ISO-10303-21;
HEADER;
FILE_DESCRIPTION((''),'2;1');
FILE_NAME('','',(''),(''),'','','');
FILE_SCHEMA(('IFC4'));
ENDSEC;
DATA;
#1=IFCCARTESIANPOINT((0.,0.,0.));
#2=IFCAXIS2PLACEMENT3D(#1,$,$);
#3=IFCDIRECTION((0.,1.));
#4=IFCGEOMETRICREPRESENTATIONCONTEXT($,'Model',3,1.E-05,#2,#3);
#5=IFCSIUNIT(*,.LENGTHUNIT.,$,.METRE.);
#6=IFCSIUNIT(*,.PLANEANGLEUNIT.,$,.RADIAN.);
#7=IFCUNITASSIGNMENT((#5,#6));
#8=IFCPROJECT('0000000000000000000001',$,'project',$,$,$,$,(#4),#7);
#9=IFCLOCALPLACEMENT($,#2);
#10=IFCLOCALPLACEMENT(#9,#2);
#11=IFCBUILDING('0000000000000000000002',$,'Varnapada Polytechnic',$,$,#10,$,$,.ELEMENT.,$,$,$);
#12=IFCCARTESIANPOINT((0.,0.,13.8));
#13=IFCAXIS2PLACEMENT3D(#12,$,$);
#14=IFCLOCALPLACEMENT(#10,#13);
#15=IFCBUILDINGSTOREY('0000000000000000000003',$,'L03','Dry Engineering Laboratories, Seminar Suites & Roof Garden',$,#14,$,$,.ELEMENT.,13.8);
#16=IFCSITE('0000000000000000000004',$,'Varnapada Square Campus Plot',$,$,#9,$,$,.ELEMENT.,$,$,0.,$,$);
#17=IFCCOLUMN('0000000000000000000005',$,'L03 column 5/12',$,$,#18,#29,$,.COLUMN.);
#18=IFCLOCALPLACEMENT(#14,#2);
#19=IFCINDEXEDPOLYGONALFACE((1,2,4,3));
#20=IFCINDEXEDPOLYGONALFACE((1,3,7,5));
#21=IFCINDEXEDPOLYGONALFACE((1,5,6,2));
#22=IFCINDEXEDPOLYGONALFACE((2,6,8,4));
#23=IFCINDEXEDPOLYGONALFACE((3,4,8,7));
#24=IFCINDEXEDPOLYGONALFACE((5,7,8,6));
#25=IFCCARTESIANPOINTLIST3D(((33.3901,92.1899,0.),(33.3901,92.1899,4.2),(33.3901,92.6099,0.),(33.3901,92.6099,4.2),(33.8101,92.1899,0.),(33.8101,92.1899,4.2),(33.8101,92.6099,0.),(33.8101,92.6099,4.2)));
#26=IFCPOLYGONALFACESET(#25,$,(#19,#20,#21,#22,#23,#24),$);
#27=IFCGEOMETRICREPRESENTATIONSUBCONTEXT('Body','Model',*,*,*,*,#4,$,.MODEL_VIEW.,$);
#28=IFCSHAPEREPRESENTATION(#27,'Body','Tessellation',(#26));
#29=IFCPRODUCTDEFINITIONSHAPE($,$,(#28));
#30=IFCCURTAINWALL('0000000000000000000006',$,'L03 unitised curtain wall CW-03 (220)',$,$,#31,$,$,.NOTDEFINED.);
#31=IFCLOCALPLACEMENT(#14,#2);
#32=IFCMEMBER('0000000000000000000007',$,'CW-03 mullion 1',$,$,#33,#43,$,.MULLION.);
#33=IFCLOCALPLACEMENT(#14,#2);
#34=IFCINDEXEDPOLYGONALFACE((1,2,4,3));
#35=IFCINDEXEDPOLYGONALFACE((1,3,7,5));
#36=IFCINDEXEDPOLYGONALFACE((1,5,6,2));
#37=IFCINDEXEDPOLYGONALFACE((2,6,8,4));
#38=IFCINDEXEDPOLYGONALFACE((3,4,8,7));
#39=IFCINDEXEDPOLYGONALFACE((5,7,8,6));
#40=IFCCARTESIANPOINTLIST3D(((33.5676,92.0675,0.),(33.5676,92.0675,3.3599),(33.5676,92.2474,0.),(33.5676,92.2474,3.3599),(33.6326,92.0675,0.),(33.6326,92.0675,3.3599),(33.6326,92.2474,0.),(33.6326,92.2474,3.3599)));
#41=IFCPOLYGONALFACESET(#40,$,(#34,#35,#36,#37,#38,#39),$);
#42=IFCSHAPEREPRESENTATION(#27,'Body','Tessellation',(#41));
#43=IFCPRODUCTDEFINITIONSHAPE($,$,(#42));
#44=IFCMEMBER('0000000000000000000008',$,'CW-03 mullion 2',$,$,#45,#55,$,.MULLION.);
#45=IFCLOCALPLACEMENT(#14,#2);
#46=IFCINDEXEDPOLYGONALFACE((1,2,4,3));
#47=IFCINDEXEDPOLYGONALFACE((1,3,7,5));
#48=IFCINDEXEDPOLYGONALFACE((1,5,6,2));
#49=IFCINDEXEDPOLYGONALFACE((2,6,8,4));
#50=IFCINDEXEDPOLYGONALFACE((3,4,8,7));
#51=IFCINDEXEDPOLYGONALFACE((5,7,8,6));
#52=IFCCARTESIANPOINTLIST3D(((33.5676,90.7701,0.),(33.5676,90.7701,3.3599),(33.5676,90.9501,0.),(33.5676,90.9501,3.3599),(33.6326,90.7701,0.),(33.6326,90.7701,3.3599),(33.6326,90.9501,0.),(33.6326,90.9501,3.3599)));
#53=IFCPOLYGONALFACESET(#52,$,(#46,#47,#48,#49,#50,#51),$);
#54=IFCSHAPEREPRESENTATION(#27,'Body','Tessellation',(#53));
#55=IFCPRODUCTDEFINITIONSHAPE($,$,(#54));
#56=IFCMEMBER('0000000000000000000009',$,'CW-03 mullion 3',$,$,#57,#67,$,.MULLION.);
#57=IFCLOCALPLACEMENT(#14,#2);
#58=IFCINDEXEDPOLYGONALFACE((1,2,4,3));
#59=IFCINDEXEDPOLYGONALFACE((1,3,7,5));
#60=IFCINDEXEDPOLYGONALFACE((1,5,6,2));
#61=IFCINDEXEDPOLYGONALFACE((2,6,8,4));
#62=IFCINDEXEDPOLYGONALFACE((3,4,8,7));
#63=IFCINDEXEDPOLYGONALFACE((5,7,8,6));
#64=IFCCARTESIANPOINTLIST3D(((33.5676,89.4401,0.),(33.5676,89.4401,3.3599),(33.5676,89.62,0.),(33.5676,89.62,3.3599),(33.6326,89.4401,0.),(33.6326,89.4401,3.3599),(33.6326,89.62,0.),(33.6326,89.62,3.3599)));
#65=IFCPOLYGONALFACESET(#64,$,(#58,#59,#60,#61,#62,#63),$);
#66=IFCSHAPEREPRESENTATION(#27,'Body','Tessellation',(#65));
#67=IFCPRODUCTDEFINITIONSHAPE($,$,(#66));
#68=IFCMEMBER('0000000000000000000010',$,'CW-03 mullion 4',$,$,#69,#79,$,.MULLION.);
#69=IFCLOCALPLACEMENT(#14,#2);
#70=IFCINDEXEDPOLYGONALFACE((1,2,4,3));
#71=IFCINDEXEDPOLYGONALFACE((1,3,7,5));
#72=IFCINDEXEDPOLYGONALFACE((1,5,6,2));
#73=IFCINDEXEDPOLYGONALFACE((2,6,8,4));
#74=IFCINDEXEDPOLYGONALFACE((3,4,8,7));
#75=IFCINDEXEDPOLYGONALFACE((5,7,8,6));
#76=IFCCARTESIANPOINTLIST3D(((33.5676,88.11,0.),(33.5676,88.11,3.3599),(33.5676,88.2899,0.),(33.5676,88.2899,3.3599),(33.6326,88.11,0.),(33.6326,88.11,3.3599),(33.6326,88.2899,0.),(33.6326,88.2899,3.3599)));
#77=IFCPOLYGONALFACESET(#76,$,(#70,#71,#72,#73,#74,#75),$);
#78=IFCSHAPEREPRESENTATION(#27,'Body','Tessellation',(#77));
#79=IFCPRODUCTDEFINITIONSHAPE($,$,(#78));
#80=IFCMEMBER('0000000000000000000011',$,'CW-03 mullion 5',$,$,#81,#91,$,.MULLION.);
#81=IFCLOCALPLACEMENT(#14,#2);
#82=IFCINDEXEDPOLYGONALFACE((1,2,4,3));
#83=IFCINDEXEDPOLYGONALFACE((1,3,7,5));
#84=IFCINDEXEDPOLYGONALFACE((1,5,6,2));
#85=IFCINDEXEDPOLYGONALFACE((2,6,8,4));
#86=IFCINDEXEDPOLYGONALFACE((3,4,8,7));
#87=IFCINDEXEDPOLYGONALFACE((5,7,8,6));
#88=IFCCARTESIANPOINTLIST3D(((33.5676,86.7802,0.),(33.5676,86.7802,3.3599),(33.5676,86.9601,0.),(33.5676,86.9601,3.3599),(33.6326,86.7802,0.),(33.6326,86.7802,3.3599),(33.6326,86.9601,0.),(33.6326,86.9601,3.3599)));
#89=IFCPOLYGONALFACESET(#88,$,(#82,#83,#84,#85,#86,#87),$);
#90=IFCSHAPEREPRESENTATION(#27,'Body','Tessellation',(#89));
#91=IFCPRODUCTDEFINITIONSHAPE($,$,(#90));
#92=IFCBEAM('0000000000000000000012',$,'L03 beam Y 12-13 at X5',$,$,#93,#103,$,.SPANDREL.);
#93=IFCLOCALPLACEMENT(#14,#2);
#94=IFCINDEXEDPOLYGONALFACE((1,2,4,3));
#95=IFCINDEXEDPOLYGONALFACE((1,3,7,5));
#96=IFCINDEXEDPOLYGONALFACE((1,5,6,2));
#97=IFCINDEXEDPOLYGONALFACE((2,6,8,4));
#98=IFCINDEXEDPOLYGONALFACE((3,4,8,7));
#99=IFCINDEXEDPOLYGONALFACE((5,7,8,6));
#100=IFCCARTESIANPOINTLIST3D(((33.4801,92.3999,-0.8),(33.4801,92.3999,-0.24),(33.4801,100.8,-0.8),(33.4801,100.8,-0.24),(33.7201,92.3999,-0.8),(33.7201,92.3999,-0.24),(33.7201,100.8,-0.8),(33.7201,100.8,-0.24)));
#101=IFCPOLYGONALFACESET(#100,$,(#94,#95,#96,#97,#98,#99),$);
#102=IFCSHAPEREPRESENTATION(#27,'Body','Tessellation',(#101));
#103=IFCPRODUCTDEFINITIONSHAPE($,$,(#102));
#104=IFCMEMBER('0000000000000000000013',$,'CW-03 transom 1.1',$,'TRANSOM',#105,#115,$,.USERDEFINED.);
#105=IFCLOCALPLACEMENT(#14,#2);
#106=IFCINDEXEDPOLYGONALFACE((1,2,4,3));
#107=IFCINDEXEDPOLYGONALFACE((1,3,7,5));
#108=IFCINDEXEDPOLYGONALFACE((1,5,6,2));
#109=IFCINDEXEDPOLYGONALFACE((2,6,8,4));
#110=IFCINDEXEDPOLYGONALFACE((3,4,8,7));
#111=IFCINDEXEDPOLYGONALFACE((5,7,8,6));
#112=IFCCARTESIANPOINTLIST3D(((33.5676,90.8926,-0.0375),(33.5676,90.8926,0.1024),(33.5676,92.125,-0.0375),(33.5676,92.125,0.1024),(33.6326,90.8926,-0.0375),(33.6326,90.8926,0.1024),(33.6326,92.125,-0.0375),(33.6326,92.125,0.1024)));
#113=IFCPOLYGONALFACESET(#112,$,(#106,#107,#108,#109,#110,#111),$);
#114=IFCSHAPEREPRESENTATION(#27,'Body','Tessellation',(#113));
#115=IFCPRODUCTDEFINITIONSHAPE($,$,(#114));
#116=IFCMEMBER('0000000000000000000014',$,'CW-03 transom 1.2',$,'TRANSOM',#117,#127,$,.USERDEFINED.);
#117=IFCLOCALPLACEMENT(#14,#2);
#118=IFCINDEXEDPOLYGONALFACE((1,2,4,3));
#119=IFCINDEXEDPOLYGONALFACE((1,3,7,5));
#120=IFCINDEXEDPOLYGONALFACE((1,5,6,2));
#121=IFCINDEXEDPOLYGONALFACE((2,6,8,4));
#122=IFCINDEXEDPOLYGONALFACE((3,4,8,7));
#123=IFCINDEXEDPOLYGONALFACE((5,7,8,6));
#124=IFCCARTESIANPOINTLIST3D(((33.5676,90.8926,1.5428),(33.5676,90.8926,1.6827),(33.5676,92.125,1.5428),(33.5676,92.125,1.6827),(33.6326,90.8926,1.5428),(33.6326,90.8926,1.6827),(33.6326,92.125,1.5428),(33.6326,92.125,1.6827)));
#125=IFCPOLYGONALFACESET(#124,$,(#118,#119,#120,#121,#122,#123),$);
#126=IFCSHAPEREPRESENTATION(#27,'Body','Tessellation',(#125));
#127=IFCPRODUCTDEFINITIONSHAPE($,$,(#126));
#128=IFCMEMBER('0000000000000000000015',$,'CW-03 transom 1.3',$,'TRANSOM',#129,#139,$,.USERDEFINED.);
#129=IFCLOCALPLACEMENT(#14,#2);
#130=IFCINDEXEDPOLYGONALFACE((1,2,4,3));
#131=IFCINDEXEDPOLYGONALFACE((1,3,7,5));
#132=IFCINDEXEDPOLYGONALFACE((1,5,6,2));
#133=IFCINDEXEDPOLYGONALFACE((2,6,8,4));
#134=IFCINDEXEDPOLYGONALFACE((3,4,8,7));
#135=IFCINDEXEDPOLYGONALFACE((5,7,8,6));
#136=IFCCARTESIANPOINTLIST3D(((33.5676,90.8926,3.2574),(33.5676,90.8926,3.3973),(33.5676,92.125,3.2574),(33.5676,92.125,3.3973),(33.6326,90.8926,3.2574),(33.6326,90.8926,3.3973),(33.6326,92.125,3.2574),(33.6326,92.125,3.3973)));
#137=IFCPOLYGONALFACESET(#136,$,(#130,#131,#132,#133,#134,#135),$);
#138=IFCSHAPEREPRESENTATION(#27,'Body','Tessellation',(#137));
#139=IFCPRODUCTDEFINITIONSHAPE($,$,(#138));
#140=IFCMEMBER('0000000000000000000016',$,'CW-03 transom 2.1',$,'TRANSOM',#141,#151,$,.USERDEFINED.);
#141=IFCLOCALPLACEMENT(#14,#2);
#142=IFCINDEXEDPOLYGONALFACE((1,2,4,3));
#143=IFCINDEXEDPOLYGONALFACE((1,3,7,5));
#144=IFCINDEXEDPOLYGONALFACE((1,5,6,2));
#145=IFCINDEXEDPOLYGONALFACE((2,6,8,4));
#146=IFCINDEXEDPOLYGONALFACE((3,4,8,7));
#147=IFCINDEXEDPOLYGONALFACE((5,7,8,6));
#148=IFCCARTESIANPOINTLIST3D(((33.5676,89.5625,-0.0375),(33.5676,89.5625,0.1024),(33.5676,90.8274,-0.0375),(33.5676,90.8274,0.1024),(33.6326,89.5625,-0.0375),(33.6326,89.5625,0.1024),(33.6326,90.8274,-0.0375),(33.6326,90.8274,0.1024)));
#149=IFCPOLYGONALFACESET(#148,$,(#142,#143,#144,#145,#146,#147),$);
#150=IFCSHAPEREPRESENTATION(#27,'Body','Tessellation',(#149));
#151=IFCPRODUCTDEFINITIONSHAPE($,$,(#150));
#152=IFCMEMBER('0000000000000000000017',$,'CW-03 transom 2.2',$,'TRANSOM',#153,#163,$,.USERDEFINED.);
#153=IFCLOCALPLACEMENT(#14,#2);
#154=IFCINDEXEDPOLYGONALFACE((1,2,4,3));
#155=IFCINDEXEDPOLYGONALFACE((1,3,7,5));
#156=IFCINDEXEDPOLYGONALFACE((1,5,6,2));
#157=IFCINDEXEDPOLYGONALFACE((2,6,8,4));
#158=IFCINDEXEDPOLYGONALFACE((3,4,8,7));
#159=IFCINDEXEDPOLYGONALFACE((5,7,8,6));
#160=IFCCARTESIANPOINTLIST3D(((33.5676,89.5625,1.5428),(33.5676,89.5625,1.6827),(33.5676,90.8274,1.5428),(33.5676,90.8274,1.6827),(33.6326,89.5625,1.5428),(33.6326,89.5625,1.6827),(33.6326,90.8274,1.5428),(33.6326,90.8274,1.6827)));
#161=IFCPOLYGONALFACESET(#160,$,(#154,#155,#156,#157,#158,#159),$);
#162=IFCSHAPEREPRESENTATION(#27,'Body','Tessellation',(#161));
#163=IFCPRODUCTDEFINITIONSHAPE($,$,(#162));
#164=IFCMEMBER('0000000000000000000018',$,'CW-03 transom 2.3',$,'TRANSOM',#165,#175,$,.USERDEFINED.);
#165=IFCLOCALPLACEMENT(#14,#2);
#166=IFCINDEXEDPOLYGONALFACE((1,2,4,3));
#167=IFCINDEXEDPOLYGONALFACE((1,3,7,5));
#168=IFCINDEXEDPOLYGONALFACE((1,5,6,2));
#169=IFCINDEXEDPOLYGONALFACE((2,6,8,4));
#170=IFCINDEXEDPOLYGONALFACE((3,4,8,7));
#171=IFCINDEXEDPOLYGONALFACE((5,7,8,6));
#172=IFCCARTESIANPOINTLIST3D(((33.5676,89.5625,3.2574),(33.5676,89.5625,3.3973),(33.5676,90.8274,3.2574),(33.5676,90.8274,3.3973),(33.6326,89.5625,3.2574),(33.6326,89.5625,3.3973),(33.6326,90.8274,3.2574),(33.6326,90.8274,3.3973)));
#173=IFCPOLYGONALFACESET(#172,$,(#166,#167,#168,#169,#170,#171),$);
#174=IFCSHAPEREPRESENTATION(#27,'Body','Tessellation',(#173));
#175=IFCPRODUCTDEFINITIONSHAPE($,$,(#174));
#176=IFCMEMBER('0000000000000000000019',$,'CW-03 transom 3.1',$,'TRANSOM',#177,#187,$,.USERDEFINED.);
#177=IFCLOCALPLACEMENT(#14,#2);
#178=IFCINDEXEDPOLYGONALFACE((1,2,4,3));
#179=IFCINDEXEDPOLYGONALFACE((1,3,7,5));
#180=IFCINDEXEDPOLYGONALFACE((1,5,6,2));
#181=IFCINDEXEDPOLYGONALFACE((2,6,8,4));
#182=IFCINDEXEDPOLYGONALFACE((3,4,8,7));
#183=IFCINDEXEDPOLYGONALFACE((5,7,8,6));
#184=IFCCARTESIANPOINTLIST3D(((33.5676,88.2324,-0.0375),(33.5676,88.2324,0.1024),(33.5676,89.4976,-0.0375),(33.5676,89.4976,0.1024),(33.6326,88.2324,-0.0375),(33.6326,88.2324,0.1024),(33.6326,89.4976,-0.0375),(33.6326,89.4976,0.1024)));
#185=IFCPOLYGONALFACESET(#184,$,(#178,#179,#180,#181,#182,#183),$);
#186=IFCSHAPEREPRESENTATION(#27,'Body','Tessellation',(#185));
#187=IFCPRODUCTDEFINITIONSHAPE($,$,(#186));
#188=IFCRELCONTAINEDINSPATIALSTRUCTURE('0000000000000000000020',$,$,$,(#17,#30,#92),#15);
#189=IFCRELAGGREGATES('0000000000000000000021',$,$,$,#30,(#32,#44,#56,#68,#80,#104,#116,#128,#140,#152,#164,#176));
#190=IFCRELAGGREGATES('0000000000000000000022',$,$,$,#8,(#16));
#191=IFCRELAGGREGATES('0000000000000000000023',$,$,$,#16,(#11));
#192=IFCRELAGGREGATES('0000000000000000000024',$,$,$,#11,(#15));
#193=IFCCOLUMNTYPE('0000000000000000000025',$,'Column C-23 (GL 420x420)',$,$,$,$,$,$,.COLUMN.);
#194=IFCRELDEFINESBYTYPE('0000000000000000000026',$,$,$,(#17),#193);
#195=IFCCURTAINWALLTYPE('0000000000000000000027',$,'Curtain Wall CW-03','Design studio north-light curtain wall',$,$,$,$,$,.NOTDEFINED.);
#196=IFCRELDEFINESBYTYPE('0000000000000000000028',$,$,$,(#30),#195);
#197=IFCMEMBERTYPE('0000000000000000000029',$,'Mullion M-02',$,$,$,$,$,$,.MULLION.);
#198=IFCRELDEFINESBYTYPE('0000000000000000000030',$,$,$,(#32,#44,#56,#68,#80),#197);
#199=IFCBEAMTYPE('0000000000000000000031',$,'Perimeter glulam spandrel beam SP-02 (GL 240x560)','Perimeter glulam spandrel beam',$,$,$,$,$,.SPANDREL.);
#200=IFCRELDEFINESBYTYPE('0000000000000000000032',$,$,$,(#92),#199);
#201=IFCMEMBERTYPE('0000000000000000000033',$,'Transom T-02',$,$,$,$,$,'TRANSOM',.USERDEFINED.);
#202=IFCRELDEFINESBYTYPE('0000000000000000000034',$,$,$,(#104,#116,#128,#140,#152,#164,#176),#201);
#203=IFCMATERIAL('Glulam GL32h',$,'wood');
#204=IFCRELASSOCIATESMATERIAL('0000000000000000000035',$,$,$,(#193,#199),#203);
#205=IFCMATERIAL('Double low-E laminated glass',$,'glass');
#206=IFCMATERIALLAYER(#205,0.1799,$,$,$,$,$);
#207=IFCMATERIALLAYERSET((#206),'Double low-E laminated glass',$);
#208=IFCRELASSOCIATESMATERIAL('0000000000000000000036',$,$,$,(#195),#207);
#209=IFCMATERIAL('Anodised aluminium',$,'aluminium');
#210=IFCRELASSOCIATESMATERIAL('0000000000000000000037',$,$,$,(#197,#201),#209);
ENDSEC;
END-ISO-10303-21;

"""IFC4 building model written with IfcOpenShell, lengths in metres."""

from ifc_helpers import new_model, si_unit, direction, frame, origin, origin_2d, place, context, subcontext, project, spatial, rectangle, extrude, material, layer, layer_set, material_profile, profile_set, type_object, element, aggregate, save


model = new_model("IFC4")

# Units and contexts
model_context = context("Model", 3, precision=1e-05, world=origin(), true_north=direction((0.0, 1.0)))
body_context = subcontext(model_context, "Body", "Model", "MODEL_VIEW")
ifc_project = project(units=[si_unit("LENGTHUNIT", "METRE"), si_unit("PLANEANGLEUNIT", "RADIAN")], contexts=[model_context])

# Site, building, storey
site_placement = place(None, origin())
site = spatial("IfcSite", under=ifc_project, at=site_placement, Name="Varnapada Square Campus Plot", CompositionType="ELEMENT", RefElevation=0.0)
building_placement = place(site_placement, origin())
building = spatial("IfcBuilding", under=site, at=building_placement, Name="Varnapada Polytechnic", CompositionType="ELEMENT")
storey_placement = place(building_placement, frame((0.0, 0.0, 13.8)))
storey = spatial("IfcBuildingStorey", under=building, at=storey_placement, Name="L03", Description="Dry Engineering Laboratories, Seminar Suites & Roof Garden", CompositionType="ELEMENT", Elevation=13.8)

# Column
ifc_material_1 = material(Name="Glulam GL32h", Category="wood")
ifc_material_profile_1 = material_profile(ifc_material_1, rectangle(XDim=0.4199, YDim=0.4199, at=origin_2d()), Name="GL 420x420")
ifc_profile_set_1 = profile_set([ifc_material_profile_1], Name="Glulam GL32h")
column_type = type_object("IfcColumnType", Name="Column C-23 (GL 420x420)", PredefinedType="COLUMN", material=ifc_profile_set_1)
column_placement = place(storey_placement, frame((33.6001, 92.3999, 0.0), z_axis=(0.0, 0.0, 1.0), x_axis=(1.0, 0.0, 0.0)))
element("IfcColumn", 1, at=column_placement, inside=storey, type_object=column_type, Name="L03 column 5/12", PredefinedType="COLUMN", context=body_context, shape_type="SweptSolid", body=[
    extrude(rectangle(XDim=0.4199, YDim=0.4199, at=origin_2d()), origin(), (0.0, 0.0, 1.0), 4.2),
])

# Curtain wall, members
ifc_material_2 = material(Name="Double low-E laminated glass", Category="glass")
ifc_layer_1 = layer(ifc_material_2, 0.1799)
ifc_layer_set_1 = layer_set([ifc_layer_1], Name="Double low-E laminated glass")
curtain_wall_type = type_object("IfcCurtainWallType", Name="Curtain Wall CW-03", Description="Design studio north-light curtain wall", PredefinedType="NOTDEFINED", material=ifc_layer_set_1)
curtain_wall_placement = place(storey_placement, origin())
curtain_wall = element("IfcCurtainWall", 2, at=curtain_wall_placement, inside=storey, type_object=curtain_wall_type, Name="L03 unitised curtain wall CW-03 (220)", PredefinedType="NOTDEFINED")
ifc_material_3 = material(Name="Anodised aluminium", Category="aluminium")
ifc_material_profile_2 = material_profile(ifc_material_3, rectangle(XDim=0.0649, YDim=0.1799, at=origin_2d()), Name="ALU M65x180")
ifc_profile_set_2 = profile_set([ifc_material_profile_2], Name="Anodised aluminium")
member_type_1 = type_object("IfcMemberType", Name="Mullion M-02", PredefinedType="MULLION", material=ifc_profile_set_2)
member_1_placement = place(storey_placement, frame((33.6001, 92.1575, 0.0), z_axis=(0.0, 0.0, 1.0), x_axis=(1.0, 0.0, 0.0)))
member_1 = element("IfcMember", 3, at=member_1_placement, type_object=member_type_1, Name="CW-03 mullion 1", PredefinedType="MULLION", context=body_context, shape_type="SweptSolid", body=[
    extrude(rectangle(XDim=0.0649, YDim=0.1799, at=origin_2d()), origin(), (0.0, 0.0, 1.0), 3.3599),
])
member_2_placement = place(storey_placement, frame((33.6001, 90.8601, 0.0), z_axis=(0.0, 0.0, 1.0), x_axis=(1.0, 0.0, 0.0)))
member_2 = element("IfcMember", 4, at=member_2_placement, type_object=member_type_1, Name="CW-03 mullion 2", PredefinedType="MULLION", context=body_context, shape_type="SweptSolid", body=[
    extrude(rectangle(XDim=0.0649, YDim=0.1799, at=origin_2d()), origin(), (0.0, 0.0, 1.0), 3.3599),
])
member_3_placement = place(storey_placement, frame((33.6001, 89.53, 0.0), z_axis=(0.0, 0.0, 1.0), x_axis=(1.0, 0.0, 0.0)))
member_3 = element("IfcMember", 5, at=member_3_placement, type_object=member_type_1, Name="CW-03 mullion 3", PredefinedType="MULLION", context=body_context, shape_type="SweptSolid", body=[
    extrude(rectangle(XDim=0.0649, YDim=0.1799, at=origin_2d()), origin(), (0.0, 0.0, 1.0), 3.3599),
])
member_4_placement = place(storey_placement, frame((33.6001, 88.2, 0.0), z_axis=(0.0, 0.0, 1.0), x_axis=(1.0, 0.0, 0.0)))
member_4 = element("IfcMember", 6, at=member_4_placement, type_object=member_type_1, Name="CW-03 mullion 4", PredefinedType="MULLION", context=body_context, shape_type="SweptSolid", body=[
    extrude(rectangle(XDim=0.0649, YDim=0.1799, at=origin_2d()), origin(), (0.0, 0.0, 1.0), 3.3599),
])
member_5_placement = place(storey_placement, frame((33.6001, 86.8701, 0.0), z_axis=(0.0, 0.0, 1.0), x_axis=(1.0, 0.0, 0.0)))
member_5 = element("IfcMember", 7, at=member_5_placement, type_object=member_type_1, Name="CW-03 mullion 5", PredefinedType="MULLION", context=body_context, shape_type="SweptSolid", body=[
    extrude(rectangle(XDim=0.0649, YDim=0.1799, at=origin_2d()), origin(), (0.0, 0.0, 1.0), 3.3599),
])

# Beam
ifc_material_profile_3 = material_profile(ifc_material_1, rectangle(XDim=0.24, YDim=0.5601, at=origin_2d()), Name="GL 240x560")
ifc_profile_set_3 = profile_set([ifc_material_profile_3], Name="Glulam GL32h")
beam_type = type_object("IfcBeamType", Name="Perimeter glulam spandrel beam SP-02 (GL 240x560)", Description="Perimeter glulam spandrel beam", PredefinedType="SPANDREL", material=ifc_profile_set_3)
beam_placement = place(storey_placement, frame((33.6001, 92.3999, -0.52), z_axis=(0.0, 1.0, 0.0), x_axis=(-1.0, 0.0, 0.0)))
element("IfcBeam", 8, at=beam_placement, inside=storey, type_object=beam_type, Name="L03 beam Y 12-13 at X5", PredefinedType="SPANDREL", context=body_context, shape_type="SweptSolid", body=[
    extrude(rectangle(XDim=0.24, YDim=0.5601, at=origin_2d()), origin(), (0.0, 0.0, 1.0), 8.4001),
])

# Members
ifc_material_profile_4 = material_profile(ifc_material_3, rectangle(XDim=0.0649, YDim=0.1399, at=origin_2d()), Name="ALU T65x140")
ifc_profile_set_4 = profile_set([ifc_material_profile_4], Name="Anodised aluminium")
member_type_2 = type_object("IfcMemberType", Name="Transom T-02", ElementType="TRANSOM", PredefinedType="USERDEFINED", material=ifc_profile_set_4)
member_6_placement = place(storey_placement, frame((33.6001, 92.125, 0.0325), z_axis=(0.0, -1.0, 0.0), x_axis=(1.0, 0.0, 0.0)))
member_6 = element("IfcMember", 9, at=member_6_placement, type_object=member_type_2, Name="CW-03 transom 1.1", ObjectType="TRANSOM", PredefinedType="USERDEFINED", context=body_context, shape_type="SweptSolid", body=[
    extrude(rectangle(XDim=0.0649, YDim=0.1399, at=origin_2d()), origin(), (0.0, 0.0, 1.0), 1.2324),
])
member_7_placement = place(storey_placement, frame((33.6001, 92.125, 1.6128), z_axis=(0.0, -1.0, 0.0), x_axis=(1.0, 0.0, 0.0)))
member_7 = element("IfcMember", 10, at=member_7_placement, type_object=member_type_2, Name="CW-03 transom 1.2", ObjectType="TRANSOM", PredefinedType="USERDEFINED", context=body_context, shape_type="SweptSolid", body=[
    extrude(rectangle(XDim=0.0649, YDim=0.1399, at=origin_2d()), origin(), (0.0, 0.0, 1.0), 1.2324),
])
member_8_placement = place(storey_placement, frame((33.6001, 92.125, 3.3274), z_axis=(0.0, -1.0, 0.0), x_axis=(1.0, 0.0, 0.0)))
member_8 = element("IfcMember", 11, at=member_8_placement, type_object=member_type_2, Name="CW-03 transom 1.3", ObjectType="TRANSOM", PredefinedType="USERDEFINED", context=body_context, shape_type="SweptSolid", body=[
    extrude(rectangle(XDim=0.0649, YDim=0.1399, at=origin_2d()), origin(), (0.0, 0.0, 1.0), 1.2324),
])
member_9_placement = place(storey_placement, frame((33.6001, 90.8274, 0.0325), z_axis=(0.0, -1.0, 0.0), x_axis=(1.0, 0.0, 0.0)))
member_9 = element("IfcMember", 12, at=member_9_placement, type_object=member_type_2, Name="CW-03 transom 2.1", ObjectType="TRANSOM", PredefinedType="USERDEFINED", context=body_context, shape_type="SweptSolid", body=[
    extrude(rectangle(XDim=0.0649, YDim=0.1399, at=origin_2d()), origin(), (0.0, 0.0, 1.0), 1.2649),
])
member_10_placement = place(storey_placement, frame((33.6001, 90.8274, 1.6128), z_axis=(0.0, -1.0, 0.0), x_axis=(1.0, 0.0, 0.0)))
member_10 = element("IfcMember", 13, at=member_10_placement, type_object=member_type_2, Name="CW-03 transom 2.2", ObjectType="TRANSOM", PredefinedType="USERDEFINED", context=body_context, shape_type="SweptSolid", body=[
    extrude(rectangle(XDim=0.0649, YDim=0.1399, at=origin_2d()), origin(), (0.0, 0.0, 1.0), 1.2649),
])
member_11_placement = place(storey_placement, frame((33.6001, 90.8274, 3.3274), z_axis=(0.0, -1.0, 0.0), x_axis=(1.0, 0.0, 0.0)))
member_11 = element("IfcMember", 14, at=member_11_placement, type_object=member_type_2, Name="CW-03 transom 2.3", ObjectType="TRANSOM", PredefinedType="USERDEFINED", context=body_context, shape_type="SweptSolid", body=[
    extrude(rectangle(XDim=0.0649, YDim=0.1399, at=origin_2d()), origin(), (0.0, 0.0, 1.0), 1.2649),
])
member_12_placement = place(storey_placement, frame((33.6001, 89.4976, 0.0325), z_axis=(0.0, -1.0, 0.0), x_axis=(1.0, 0.0, 0.0)))
member_12 = element("IfcMember", 15, at=member_12_placement, type_object=member_type_2, Name="CW-03 transom 3.1", ObjectType="TRANSOM", PredefinedType="USERDEFINED", context=body_context, shape_type="SweptSolid", body=[
    extrude(rectangle(XDim=0.0649, YDim=0.1399, at=origin_2d()), origin(), (0.0, 0.0, 1.0), 1.2651),
])

aggregate(curtain_wall, [member_1, member_2, member_3, member_4, member_5, member_6, member_7, member_8, member_9, member_10, member_11, member_12])

save(model, "model.ifc")
